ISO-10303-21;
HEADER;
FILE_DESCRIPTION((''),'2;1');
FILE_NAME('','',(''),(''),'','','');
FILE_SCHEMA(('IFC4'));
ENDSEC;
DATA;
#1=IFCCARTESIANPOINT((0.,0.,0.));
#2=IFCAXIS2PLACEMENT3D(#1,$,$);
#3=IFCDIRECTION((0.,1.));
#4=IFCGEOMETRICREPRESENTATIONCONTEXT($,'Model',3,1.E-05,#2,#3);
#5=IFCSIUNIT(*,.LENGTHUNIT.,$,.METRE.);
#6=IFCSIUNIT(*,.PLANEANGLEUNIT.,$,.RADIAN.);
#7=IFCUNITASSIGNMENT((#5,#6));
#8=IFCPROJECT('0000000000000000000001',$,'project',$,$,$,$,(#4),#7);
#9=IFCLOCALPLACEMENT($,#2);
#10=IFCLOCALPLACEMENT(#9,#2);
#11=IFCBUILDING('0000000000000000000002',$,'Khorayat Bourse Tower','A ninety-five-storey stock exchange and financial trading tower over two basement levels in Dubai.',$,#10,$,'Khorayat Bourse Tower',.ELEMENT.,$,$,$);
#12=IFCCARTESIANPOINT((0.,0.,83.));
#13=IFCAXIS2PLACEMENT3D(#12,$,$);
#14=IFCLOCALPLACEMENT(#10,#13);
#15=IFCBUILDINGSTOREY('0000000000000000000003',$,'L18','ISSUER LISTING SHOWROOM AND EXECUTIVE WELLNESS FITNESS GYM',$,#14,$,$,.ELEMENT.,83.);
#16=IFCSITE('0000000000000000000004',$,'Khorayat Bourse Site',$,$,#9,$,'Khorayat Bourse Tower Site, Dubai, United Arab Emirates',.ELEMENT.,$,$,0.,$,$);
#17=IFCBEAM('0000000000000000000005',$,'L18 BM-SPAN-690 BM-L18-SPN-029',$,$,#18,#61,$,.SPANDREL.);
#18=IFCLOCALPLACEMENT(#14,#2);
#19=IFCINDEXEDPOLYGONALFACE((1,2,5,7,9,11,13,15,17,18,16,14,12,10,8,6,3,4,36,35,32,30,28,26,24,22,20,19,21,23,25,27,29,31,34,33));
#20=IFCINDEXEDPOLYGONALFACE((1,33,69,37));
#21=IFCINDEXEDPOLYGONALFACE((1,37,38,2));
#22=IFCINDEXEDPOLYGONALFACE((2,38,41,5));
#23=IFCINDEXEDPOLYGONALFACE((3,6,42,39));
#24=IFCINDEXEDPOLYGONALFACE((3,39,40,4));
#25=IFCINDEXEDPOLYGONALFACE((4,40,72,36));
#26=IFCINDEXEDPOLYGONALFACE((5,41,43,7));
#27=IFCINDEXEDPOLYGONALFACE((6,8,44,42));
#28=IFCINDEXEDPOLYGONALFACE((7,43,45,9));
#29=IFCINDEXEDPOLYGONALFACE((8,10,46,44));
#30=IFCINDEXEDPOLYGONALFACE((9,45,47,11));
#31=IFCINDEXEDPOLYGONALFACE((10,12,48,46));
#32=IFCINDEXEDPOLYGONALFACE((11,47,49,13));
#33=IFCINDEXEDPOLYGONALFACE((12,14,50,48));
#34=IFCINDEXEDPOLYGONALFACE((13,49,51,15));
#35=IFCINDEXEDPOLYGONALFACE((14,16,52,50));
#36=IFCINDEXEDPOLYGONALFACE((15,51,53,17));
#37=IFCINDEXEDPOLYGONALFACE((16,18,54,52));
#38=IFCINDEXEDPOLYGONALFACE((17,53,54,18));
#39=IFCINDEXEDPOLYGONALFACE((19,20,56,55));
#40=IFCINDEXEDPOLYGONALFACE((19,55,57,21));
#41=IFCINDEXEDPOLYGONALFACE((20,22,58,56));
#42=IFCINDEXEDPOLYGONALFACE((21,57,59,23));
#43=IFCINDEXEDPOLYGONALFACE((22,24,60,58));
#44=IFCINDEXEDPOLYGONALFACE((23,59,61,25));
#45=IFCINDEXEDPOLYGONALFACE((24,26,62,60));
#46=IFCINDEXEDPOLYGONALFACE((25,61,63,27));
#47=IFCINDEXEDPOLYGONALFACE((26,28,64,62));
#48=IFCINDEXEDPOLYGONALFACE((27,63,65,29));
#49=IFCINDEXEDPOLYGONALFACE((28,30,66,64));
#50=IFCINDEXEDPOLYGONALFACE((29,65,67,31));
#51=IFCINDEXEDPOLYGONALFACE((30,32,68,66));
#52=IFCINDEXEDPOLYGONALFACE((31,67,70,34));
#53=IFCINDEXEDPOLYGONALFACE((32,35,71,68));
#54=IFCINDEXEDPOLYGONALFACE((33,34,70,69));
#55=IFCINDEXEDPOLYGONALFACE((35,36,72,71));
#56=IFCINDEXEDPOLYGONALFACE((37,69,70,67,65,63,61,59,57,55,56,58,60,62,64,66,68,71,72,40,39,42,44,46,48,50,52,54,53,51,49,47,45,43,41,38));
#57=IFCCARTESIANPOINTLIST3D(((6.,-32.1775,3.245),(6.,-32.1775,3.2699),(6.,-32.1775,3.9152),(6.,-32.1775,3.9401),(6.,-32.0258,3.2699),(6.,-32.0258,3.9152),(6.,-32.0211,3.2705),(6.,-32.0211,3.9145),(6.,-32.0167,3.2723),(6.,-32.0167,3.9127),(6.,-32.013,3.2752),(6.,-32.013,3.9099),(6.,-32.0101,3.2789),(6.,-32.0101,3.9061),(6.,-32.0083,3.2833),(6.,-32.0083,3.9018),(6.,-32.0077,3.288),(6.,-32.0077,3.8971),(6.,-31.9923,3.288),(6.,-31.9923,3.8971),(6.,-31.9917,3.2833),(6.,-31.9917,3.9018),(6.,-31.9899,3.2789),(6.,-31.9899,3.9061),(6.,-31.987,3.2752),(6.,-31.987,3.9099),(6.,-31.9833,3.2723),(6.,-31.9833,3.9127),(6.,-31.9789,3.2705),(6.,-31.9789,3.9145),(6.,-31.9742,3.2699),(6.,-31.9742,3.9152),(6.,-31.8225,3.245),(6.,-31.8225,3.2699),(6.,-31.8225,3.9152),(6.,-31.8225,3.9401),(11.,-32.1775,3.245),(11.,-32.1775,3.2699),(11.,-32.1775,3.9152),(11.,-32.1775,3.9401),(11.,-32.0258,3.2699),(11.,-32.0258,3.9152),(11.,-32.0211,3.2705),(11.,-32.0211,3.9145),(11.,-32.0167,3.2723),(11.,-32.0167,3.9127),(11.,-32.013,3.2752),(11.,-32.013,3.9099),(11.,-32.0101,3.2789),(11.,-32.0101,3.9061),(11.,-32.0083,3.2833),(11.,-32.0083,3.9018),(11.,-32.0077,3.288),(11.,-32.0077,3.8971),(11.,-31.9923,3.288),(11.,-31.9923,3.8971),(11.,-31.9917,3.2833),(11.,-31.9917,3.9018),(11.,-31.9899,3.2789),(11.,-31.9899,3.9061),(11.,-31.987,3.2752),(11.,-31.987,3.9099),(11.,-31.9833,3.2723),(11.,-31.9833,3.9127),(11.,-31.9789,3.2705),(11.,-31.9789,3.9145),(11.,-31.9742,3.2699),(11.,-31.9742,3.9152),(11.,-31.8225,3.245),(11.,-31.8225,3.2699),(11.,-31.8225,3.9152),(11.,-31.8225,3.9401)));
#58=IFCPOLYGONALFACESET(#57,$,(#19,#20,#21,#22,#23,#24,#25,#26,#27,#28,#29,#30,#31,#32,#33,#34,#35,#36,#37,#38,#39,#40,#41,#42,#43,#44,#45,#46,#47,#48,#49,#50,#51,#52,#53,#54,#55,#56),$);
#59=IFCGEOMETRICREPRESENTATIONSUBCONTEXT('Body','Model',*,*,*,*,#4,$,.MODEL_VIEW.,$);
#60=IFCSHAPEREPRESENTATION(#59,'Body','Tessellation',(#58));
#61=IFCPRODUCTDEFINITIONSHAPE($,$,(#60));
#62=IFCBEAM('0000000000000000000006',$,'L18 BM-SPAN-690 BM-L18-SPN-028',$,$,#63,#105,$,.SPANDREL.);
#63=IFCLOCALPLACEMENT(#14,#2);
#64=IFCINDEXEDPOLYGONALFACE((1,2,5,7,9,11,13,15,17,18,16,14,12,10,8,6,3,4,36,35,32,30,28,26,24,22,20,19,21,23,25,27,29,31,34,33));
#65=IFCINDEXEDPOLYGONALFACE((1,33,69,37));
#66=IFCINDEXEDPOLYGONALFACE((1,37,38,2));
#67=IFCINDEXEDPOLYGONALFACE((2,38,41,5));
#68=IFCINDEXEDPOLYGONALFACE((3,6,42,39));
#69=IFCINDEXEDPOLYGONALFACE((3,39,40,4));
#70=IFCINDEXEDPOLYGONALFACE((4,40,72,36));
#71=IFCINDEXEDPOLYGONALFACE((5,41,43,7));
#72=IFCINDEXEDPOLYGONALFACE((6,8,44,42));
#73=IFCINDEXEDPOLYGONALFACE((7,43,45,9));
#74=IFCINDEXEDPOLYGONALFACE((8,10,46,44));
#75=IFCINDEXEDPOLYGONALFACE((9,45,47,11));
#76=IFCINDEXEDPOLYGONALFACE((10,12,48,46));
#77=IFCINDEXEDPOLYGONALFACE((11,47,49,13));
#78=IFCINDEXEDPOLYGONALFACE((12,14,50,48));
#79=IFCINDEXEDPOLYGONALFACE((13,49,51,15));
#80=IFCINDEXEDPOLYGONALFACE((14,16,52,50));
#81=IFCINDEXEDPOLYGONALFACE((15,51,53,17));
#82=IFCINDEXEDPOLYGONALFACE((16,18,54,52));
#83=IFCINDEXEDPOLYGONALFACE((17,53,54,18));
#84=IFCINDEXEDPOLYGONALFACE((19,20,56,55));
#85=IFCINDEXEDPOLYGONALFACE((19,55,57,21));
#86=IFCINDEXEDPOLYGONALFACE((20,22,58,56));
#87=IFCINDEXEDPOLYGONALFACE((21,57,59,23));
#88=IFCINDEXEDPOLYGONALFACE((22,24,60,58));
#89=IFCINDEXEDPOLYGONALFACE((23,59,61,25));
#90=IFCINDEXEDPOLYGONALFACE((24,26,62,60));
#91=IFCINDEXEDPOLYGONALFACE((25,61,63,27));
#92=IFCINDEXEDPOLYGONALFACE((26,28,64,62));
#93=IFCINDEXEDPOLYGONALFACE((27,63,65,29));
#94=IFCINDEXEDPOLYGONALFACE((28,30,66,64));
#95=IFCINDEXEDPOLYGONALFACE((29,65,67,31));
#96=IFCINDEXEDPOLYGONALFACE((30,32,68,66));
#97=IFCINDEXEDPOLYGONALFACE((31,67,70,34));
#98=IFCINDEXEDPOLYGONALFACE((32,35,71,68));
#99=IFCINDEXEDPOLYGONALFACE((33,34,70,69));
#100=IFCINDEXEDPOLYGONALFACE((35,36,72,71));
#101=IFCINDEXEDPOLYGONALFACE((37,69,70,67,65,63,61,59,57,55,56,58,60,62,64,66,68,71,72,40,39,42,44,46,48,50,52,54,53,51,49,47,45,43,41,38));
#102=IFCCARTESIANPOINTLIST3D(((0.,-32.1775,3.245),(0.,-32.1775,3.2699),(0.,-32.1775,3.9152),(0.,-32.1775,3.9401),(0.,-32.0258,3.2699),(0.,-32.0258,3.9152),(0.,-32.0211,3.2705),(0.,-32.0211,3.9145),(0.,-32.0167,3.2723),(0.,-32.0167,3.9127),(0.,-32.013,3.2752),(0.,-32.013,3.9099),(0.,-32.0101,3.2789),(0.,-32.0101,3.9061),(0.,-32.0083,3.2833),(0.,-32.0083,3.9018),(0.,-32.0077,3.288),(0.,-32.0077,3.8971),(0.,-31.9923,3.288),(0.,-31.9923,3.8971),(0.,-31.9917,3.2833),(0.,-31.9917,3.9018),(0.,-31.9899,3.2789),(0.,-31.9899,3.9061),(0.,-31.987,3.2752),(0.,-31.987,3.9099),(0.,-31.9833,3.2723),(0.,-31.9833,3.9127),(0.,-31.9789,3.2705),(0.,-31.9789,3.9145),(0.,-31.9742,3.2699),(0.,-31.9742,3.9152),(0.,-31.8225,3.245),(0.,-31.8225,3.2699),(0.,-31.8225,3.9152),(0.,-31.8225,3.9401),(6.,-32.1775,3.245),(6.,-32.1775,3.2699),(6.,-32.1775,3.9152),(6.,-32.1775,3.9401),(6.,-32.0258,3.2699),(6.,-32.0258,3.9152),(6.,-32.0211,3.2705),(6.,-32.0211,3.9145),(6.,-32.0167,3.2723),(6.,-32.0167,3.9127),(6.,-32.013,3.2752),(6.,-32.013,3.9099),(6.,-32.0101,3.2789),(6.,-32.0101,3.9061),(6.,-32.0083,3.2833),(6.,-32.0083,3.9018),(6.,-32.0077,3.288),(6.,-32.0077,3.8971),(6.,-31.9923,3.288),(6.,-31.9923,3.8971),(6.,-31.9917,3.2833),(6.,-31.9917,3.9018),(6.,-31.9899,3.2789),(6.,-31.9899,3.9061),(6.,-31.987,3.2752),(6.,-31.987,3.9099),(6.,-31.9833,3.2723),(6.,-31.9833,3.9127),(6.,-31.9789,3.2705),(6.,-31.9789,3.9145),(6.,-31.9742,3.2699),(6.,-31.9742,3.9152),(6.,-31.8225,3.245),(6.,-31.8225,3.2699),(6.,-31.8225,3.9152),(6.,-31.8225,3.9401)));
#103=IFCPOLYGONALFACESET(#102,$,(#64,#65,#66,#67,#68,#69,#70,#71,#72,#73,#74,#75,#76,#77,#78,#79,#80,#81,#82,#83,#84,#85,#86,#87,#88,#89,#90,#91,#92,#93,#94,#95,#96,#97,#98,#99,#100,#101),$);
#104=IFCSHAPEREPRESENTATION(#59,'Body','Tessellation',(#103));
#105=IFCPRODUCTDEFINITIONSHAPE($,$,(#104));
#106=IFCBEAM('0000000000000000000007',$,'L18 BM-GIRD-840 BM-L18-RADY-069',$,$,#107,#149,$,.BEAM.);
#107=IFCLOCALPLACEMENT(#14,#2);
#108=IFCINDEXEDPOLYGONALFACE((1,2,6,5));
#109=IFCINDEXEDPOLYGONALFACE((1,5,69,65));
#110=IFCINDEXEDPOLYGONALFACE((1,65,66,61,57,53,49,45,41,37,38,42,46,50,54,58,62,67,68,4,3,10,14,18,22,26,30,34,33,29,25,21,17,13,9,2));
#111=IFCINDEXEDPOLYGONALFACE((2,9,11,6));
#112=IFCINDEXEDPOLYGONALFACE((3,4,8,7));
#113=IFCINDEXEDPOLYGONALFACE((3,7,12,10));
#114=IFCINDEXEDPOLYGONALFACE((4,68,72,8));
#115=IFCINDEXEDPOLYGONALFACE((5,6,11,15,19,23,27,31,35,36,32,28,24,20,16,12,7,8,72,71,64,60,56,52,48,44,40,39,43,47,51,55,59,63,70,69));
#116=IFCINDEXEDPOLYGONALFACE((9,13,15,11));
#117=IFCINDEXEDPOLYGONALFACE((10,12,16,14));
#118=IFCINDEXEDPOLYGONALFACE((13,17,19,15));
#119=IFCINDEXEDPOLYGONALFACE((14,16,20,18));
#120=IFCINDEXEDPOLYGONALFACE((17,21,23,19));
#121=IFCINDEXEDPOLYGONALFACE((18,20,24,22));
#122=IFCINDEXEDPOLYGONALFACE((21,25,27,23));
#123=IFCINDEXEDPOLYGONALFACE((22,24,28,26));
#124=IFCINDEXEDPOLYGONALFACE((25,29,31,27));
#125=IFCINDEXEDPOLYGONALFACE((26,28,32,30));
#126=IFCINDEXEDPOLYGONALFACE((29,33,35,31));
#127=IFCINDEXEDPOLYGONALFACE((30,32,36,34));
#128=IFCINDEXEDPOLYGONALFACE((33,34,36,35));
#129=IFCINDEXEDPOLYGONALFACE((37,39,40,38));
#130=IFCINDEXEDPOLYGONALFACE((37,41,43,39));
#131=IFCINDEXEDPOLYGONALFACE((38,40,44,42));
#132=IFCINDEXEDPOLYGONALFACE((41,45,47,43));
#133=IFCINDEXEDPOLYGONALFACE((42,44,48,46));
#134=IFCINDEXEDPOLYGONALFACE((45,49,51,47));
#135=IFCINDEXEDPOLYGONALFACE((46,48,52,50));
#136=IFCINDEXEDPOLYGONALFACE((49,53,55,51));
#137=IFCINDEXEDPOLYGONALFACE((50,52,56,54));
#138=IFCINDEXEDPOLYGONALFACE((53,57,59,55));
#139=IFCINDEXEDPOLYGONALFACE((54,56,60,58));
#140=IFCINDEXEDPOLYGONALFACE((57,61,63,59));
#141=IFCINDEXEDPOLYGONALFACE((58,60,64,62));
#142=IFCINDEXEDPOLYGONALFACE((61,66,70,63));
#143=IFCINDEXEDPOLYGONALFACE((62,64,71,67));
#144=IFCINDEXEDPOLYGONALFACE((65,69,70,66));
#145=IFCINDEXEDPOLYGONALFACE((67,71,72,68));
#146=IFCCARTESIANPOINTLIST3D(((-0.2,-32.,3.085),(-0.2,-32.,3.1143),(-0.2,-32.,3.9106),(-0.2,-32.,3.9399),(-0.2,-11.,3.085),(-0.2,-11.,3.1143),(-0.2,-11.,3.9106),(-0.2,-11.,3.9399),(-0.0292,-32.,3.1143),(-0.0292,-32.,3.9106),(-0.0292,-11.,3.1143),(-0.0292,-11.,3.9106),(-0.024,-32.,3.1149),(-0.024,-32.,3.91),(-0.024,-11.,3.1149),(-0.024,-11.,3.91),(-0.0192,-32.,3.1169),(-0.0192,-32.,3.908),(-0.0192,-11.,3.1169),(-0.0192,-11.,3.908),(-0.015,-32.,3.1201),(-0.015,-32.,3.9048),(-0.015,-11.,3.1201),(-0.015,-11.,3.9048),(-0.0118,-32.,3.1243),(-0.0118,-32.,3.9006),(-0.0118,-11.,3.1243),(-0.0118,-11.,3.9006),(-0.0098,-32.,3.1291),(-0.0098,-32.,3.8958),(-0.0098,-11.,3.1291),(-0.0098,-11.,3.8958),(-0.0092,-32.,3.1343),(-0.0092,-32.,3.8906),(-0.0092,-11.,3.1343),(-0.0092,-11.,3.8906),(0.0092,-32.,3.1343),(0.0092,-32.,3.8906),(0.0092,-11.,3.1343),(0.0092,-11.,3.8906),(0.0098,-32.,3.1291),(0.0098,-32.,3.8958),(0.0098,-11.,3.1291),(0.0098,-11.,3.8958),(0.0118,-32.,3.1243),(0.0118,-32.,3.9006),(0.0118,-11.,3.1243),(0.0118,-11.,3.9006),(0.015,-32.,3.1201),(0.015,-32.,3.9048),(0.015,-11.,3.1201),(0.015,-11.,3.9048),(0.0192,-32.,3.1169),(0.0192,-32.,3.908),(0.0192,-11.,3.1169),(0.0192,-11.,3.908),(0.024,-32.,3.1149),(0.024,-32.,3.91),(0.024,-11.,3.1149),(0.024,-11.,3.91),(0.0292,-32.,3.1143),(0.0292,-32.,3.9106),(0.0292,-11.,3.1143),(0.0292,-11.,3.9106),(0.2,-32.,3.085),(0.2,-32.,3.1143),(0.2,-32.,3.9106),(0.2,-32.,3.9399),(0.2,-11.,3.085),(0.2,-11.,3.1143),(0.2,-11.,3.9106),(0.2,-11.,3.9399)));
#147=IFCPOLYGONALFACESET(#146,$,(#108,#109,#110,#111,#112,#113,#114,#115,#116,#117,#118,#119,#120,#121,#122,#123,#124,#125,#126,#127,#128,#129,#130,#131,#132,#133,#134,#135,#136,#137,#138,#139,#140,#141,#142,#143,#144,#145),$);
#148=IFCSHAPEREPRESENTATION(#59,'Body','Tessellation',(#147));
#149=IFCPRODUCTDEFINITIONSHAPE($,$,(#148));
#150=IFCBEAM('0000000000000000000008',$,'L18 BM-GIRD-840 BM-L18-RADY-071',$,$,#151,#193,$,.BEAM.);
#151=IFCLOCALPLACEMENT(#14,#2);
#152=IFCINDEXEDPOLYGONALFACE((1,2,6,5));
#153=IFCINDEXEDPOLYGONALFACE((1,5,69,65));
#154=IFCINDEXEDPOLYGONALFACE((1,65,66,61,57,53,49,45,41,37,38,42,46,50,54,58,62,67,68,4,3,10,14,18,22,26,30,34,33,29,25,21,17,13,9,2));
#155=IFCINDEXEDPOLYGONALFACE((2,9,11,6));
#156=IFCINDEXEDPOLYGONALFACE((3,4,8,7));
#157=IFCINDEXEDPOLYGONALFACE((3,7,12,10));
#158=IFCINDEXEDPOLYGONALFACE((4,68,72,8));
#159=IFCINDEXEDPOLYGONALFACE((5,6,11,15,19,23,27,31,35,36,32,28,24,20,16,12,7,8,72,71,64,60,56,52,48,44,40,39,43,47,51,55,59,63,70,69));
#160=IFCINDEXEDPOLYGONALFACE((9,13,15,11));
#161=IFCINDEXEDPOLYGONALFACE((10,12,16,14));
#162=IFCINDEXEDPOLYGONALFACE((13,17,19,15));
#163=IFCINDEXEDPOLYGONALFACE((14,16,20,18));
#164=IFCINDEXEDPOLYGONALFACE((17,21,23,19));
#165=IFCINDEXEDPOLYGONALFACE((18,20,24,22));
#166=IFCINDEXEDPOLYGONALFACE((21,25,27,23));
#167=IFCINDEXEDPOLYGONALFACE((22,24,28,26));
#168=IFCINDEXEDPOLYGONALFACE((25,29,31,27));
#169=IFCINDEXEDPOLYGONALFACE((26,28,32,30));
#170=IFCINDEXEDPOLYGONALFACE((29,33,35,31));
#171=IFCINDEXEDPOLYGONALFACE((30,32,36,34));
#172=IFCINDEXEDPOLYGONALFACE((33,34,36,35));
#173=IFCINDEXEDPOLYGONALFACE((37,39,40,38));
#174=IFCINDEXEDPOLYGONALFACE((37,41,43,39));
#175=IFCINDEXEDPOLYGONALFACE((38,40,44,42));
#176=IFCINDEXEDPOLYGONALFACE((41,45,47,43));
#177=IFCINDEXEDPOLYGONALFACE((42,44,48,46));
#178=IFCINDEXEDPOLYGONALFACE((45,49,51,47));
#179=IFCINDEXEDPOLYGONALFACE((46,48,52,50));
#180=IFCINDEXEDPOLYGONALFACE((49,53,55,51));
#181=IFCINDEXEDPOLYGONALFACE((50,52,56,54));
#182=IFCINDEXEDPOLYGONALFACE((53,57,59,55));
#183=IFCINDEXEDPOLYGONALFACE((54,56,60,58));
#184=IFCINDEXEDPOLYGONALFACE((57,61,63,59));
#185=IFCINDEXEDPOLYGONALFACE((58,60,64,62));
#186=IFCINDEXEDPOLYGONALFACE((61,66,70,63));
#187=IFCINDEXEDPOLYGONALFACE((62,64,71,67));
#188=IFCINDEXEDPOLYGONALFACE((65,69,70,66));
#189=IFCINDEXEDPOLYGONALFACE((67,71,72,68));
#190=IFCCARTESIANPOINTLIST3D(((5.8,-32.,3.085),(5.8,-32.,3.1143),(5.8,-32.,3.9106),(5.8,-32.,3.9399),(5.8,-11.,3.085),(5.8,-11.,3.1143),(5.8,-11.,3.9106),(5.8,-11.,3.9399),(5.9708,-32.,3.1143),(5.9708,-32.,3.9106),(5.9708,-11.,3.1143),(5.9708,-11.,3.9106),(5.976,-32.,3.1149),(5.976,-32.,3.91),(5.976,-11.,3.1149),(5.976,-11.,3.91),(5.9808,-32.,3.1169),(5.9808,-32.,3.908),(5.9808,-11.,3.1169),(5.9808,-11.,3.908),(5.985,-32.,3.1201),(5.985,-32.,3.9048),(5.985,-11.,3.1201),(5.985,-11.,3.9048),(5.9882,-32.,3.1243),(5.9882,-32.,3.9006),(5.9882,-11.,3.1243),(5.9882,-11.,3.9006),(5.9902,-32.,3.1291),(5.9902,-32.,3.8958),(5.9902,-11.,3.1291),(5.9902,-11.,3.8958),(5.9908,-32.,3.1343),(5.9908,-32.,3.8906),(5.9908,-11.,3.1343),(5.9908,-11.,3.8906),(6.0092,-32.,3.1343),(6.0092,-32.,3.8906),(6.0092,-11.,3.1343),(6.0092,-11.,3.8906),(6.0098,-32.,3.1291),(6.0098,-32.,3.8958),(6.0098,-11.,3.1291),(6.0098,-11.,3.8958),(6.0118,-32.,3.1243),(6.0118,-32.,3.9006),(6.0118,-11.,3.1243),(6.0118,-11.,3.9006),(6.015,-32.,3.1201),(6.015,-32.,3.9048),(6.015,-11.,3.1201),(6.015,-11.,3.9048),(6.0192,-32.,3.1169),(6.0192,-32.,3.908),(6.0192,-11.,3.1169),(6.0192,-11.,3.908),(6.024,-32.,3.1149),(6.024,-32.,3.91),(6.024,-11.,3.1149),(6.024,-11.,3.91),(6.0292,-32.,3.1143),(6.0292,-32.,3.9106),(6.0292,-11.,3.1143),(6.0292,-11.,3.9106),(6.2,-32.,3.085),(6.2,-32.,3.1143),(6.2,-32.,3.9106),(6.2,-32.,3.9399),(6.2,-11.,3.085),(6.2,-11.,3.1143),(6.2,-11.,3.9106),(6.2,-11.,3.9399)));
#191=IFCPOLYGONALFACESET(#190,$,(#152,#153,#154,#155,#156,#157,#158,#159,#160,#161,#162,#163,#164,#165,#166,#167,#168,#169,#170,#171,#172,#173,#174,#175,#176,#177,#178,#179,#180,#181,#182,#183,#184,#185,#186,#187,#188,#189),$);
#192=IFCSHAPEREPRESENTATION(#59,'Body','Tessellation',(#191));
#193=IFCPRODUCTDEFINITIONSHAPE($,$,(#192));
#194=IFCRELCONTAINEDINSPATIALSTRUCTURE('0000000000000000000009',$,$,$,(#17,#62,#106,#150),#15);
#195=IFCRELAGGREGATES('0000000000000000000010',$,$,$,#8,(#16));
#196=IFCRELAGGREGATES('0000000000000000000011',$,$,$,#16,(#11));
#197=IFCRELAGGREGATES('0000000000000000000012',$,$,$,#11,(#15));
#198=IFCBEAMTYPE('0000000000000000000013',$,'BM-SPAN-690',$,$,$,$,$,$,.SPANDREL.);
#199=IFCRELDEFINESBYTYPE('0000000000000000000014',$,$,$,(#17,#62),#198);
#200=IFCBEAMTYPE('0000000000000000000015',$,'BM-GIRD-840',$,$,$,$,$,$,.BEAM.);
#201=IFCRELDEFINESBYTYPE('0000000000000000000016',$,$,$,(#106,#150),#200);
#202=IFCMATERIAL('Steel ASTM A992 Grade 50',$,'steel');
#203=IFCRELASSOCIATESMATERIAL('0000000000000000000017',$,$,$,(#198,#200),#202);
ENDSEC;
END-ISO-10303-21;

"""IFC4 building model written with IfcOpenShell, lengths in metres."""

from ifc_helpers import new_model, si_unit, direction, frame, origin, origin_2d, place, context, subcontext, project, spatial, i_section, extrude, source, transform, mapped, material, material_profile, profile_set, type_object, element, save


model = new_model("IFC4")

# Units and contexts
model_context = context("Model", 3, precision=1e-05, world=origin(), true_north=direction((0.0, 1.0)))
body_context = subcontext(model_context, "Body", "Model", "MODEL_VIEW")
ifc_project = project(units=[si_unit("LENGTHUNIT", "METRE"), si_unit("PLANEANGLEUNIT", "RADIAN")], contexts=[model_context])

# Site, building, storey
site_placement = place(None, origin())
site = spatial("IfcSite", under=ifc_project, at=site_placement, Name="Khorayat Bourse Site", LongName="Khorayat Bourse Tower Site, Dubai, United Arab Emirates", CompositionType="ELEMENT", RefElevation=0.0)
building_placement = place(site_placement, origin())
building = spatial("IfcBuilding", under=site, at=building_placement, Name="Khorayat Bourse Tower", Description="A ninety-five-storey stock exchange and financial trading tower over two basement levels in Dubai.", LongName="Khorayat Bourse Tower", CompositionType="ELEMENT")
storey_placement = place(building_placement, frame((0.0, 0.0, 83.0)))
storey = spatial("IfcBuildingStorey", under=building, at=storey_placement, Name="L18", Description="ISSUER LISTING SHOWROOM AND EXECUTIVE WELLNESS FITNESS GYM", CompositionType="ELEMENT", Elevation=83.0)

# Beams
ifc_material_1 = material(Name="Steel ASTM A992 Grade 50", Category="steel")
ifc_material_profile_1 = material_profile(ifc_material_1, i_section(OverallWidth=0.355, OverallDepth=0.6951, WebThickness=0.0154, FlangeThickness=0.0249, FilletRadius=0.0181, at=origin_2d()), Name="W690X217")
ifc_profile_set_1 = profile_set([ifc_material_profile_1], Name="Steel ASTM A992 Grade 50")
beam_type_1 = type_object("IfcBeamType", Name="BM-SPAN-690", PredefinedType="SPANDREL", material=ifc_profile_set_1)
shared_shape_1 = source(origin(), body_context, "Body", "SweptSolid", [
    extrude(i_section(OverallWidth=0.355, OverallDepth=0.6951, WebThickness=0.0154, FlangeThickness=0.0249, FilletRadius=0.0181, at=origin_2d()), origin(), (0.0, 0.0, 1.0), 5.0),
])
beam_1_placement = place(storey_placement, frame((6.0, -32.0, 3.5925), z_axis=(1.0, 0.0, 0.0), x_axis=(0.0, 1.0, 0.0)))
element("IfcBeam", 1, at=beam_1_placement, inside=storey, type_object=beam_type_1, Name="L18 BM-SPAN-690 BM-L18-SPN-029", PredefinedType="SPANDREL", context=body_context, shape_type="MappedRepresentation", body=[
    mapped(shared_shape_1, transform((0.0, 0.0, 0.0), scale=1.0)),
])
shared_shape_2 = source(origin(), body_context, "Body", "SweptSolid", [
    extrude(i_section(OverallWidth=0.355, OverallDepth=0.6951, WebThickness=0.0154, FlangeThickness=0.0249, FilletRadius=0.0181, at=origin_2d()), origin(), (0.0, 0.0, 1.0), 6.0),
])
beam_2_placement = place(storey_placement, frame((0.0, -32.0, 3.5925), z_axis=(1.0, 0.0, 0.0), x_axis=(0.0, 1.0, 0.0)))
element("IfcBeam", 2, at=beam_2_placement, inside=storey, type_object=beam_type_1, Name="L18 BM-SPAN-690 BM-L18-SPN-028", PredefinedType="SPANDREL", context=body_context, shape_type="MappedRepresentation", body=[
    mapped(shared_shape_2, transform((0.0, 0.0, 0.0), scale=1.0)),
])
ifc_material_profile_2 = material_profile(ifc_material_1, i_section(OverallWidth=0.3999, OverallDepth=0.855, WebThickness=0.0183, FlangeThickness=0.0293, FilletRadius=0.02, at=origin_2d()), Name="W840X299")
ifc_profile_set_2 = profile_set([ifc_material_profile_2], Name="Steel ASTM A992 Grade 50")
beam_type_2 = type_object("IfcBeamType", Name="BM-GIRD-840", PredefinedType="BEAM", material=ifc_profile_set_2)
shared_shape_3 = source(origin(), body_context, "Body", "SweptSolid", [
    extrude(i_section(OverallWidth=0.3999, OverallDepth=0.855, WebThickness=0.0183, FlangeThickness=0.0293, FilletRadius=0.02, at=origin_2d()), origin(), (0.0, 0.0, 1.0), 21.0),
])
for number, where, z_axis, x_axis, name in (
    (3, (0.0, -32.0, 3.5125), (0.0, 1.0, 0.0), (-1.0, 0.0, 0.0), "L18 BM-GIRD-840 BM-L18-RADY-069"),
    (4, (6.0, -32.0, 3.5125), (0.0, 1.0, 0.0), (-1.0, 0.0, 0.0), "L18 BM-GIRD-840 BM-L18-RADY-071"),
):
    element("IfcBeam", number, at=place(storey_placement, frame(where, z_axis=z_axis, x_axis=x_axis)), inside=storey, type_object=beam_type_2, Name=name, PredefinedType="BEAM", context=body_context, shape_type="MappedRepresentation", body=[
        mapped(shared_shape_3, transform((0.0, 0.0, 0.0), scale=1.0)),
    ])

save(model, "model.ifc")
